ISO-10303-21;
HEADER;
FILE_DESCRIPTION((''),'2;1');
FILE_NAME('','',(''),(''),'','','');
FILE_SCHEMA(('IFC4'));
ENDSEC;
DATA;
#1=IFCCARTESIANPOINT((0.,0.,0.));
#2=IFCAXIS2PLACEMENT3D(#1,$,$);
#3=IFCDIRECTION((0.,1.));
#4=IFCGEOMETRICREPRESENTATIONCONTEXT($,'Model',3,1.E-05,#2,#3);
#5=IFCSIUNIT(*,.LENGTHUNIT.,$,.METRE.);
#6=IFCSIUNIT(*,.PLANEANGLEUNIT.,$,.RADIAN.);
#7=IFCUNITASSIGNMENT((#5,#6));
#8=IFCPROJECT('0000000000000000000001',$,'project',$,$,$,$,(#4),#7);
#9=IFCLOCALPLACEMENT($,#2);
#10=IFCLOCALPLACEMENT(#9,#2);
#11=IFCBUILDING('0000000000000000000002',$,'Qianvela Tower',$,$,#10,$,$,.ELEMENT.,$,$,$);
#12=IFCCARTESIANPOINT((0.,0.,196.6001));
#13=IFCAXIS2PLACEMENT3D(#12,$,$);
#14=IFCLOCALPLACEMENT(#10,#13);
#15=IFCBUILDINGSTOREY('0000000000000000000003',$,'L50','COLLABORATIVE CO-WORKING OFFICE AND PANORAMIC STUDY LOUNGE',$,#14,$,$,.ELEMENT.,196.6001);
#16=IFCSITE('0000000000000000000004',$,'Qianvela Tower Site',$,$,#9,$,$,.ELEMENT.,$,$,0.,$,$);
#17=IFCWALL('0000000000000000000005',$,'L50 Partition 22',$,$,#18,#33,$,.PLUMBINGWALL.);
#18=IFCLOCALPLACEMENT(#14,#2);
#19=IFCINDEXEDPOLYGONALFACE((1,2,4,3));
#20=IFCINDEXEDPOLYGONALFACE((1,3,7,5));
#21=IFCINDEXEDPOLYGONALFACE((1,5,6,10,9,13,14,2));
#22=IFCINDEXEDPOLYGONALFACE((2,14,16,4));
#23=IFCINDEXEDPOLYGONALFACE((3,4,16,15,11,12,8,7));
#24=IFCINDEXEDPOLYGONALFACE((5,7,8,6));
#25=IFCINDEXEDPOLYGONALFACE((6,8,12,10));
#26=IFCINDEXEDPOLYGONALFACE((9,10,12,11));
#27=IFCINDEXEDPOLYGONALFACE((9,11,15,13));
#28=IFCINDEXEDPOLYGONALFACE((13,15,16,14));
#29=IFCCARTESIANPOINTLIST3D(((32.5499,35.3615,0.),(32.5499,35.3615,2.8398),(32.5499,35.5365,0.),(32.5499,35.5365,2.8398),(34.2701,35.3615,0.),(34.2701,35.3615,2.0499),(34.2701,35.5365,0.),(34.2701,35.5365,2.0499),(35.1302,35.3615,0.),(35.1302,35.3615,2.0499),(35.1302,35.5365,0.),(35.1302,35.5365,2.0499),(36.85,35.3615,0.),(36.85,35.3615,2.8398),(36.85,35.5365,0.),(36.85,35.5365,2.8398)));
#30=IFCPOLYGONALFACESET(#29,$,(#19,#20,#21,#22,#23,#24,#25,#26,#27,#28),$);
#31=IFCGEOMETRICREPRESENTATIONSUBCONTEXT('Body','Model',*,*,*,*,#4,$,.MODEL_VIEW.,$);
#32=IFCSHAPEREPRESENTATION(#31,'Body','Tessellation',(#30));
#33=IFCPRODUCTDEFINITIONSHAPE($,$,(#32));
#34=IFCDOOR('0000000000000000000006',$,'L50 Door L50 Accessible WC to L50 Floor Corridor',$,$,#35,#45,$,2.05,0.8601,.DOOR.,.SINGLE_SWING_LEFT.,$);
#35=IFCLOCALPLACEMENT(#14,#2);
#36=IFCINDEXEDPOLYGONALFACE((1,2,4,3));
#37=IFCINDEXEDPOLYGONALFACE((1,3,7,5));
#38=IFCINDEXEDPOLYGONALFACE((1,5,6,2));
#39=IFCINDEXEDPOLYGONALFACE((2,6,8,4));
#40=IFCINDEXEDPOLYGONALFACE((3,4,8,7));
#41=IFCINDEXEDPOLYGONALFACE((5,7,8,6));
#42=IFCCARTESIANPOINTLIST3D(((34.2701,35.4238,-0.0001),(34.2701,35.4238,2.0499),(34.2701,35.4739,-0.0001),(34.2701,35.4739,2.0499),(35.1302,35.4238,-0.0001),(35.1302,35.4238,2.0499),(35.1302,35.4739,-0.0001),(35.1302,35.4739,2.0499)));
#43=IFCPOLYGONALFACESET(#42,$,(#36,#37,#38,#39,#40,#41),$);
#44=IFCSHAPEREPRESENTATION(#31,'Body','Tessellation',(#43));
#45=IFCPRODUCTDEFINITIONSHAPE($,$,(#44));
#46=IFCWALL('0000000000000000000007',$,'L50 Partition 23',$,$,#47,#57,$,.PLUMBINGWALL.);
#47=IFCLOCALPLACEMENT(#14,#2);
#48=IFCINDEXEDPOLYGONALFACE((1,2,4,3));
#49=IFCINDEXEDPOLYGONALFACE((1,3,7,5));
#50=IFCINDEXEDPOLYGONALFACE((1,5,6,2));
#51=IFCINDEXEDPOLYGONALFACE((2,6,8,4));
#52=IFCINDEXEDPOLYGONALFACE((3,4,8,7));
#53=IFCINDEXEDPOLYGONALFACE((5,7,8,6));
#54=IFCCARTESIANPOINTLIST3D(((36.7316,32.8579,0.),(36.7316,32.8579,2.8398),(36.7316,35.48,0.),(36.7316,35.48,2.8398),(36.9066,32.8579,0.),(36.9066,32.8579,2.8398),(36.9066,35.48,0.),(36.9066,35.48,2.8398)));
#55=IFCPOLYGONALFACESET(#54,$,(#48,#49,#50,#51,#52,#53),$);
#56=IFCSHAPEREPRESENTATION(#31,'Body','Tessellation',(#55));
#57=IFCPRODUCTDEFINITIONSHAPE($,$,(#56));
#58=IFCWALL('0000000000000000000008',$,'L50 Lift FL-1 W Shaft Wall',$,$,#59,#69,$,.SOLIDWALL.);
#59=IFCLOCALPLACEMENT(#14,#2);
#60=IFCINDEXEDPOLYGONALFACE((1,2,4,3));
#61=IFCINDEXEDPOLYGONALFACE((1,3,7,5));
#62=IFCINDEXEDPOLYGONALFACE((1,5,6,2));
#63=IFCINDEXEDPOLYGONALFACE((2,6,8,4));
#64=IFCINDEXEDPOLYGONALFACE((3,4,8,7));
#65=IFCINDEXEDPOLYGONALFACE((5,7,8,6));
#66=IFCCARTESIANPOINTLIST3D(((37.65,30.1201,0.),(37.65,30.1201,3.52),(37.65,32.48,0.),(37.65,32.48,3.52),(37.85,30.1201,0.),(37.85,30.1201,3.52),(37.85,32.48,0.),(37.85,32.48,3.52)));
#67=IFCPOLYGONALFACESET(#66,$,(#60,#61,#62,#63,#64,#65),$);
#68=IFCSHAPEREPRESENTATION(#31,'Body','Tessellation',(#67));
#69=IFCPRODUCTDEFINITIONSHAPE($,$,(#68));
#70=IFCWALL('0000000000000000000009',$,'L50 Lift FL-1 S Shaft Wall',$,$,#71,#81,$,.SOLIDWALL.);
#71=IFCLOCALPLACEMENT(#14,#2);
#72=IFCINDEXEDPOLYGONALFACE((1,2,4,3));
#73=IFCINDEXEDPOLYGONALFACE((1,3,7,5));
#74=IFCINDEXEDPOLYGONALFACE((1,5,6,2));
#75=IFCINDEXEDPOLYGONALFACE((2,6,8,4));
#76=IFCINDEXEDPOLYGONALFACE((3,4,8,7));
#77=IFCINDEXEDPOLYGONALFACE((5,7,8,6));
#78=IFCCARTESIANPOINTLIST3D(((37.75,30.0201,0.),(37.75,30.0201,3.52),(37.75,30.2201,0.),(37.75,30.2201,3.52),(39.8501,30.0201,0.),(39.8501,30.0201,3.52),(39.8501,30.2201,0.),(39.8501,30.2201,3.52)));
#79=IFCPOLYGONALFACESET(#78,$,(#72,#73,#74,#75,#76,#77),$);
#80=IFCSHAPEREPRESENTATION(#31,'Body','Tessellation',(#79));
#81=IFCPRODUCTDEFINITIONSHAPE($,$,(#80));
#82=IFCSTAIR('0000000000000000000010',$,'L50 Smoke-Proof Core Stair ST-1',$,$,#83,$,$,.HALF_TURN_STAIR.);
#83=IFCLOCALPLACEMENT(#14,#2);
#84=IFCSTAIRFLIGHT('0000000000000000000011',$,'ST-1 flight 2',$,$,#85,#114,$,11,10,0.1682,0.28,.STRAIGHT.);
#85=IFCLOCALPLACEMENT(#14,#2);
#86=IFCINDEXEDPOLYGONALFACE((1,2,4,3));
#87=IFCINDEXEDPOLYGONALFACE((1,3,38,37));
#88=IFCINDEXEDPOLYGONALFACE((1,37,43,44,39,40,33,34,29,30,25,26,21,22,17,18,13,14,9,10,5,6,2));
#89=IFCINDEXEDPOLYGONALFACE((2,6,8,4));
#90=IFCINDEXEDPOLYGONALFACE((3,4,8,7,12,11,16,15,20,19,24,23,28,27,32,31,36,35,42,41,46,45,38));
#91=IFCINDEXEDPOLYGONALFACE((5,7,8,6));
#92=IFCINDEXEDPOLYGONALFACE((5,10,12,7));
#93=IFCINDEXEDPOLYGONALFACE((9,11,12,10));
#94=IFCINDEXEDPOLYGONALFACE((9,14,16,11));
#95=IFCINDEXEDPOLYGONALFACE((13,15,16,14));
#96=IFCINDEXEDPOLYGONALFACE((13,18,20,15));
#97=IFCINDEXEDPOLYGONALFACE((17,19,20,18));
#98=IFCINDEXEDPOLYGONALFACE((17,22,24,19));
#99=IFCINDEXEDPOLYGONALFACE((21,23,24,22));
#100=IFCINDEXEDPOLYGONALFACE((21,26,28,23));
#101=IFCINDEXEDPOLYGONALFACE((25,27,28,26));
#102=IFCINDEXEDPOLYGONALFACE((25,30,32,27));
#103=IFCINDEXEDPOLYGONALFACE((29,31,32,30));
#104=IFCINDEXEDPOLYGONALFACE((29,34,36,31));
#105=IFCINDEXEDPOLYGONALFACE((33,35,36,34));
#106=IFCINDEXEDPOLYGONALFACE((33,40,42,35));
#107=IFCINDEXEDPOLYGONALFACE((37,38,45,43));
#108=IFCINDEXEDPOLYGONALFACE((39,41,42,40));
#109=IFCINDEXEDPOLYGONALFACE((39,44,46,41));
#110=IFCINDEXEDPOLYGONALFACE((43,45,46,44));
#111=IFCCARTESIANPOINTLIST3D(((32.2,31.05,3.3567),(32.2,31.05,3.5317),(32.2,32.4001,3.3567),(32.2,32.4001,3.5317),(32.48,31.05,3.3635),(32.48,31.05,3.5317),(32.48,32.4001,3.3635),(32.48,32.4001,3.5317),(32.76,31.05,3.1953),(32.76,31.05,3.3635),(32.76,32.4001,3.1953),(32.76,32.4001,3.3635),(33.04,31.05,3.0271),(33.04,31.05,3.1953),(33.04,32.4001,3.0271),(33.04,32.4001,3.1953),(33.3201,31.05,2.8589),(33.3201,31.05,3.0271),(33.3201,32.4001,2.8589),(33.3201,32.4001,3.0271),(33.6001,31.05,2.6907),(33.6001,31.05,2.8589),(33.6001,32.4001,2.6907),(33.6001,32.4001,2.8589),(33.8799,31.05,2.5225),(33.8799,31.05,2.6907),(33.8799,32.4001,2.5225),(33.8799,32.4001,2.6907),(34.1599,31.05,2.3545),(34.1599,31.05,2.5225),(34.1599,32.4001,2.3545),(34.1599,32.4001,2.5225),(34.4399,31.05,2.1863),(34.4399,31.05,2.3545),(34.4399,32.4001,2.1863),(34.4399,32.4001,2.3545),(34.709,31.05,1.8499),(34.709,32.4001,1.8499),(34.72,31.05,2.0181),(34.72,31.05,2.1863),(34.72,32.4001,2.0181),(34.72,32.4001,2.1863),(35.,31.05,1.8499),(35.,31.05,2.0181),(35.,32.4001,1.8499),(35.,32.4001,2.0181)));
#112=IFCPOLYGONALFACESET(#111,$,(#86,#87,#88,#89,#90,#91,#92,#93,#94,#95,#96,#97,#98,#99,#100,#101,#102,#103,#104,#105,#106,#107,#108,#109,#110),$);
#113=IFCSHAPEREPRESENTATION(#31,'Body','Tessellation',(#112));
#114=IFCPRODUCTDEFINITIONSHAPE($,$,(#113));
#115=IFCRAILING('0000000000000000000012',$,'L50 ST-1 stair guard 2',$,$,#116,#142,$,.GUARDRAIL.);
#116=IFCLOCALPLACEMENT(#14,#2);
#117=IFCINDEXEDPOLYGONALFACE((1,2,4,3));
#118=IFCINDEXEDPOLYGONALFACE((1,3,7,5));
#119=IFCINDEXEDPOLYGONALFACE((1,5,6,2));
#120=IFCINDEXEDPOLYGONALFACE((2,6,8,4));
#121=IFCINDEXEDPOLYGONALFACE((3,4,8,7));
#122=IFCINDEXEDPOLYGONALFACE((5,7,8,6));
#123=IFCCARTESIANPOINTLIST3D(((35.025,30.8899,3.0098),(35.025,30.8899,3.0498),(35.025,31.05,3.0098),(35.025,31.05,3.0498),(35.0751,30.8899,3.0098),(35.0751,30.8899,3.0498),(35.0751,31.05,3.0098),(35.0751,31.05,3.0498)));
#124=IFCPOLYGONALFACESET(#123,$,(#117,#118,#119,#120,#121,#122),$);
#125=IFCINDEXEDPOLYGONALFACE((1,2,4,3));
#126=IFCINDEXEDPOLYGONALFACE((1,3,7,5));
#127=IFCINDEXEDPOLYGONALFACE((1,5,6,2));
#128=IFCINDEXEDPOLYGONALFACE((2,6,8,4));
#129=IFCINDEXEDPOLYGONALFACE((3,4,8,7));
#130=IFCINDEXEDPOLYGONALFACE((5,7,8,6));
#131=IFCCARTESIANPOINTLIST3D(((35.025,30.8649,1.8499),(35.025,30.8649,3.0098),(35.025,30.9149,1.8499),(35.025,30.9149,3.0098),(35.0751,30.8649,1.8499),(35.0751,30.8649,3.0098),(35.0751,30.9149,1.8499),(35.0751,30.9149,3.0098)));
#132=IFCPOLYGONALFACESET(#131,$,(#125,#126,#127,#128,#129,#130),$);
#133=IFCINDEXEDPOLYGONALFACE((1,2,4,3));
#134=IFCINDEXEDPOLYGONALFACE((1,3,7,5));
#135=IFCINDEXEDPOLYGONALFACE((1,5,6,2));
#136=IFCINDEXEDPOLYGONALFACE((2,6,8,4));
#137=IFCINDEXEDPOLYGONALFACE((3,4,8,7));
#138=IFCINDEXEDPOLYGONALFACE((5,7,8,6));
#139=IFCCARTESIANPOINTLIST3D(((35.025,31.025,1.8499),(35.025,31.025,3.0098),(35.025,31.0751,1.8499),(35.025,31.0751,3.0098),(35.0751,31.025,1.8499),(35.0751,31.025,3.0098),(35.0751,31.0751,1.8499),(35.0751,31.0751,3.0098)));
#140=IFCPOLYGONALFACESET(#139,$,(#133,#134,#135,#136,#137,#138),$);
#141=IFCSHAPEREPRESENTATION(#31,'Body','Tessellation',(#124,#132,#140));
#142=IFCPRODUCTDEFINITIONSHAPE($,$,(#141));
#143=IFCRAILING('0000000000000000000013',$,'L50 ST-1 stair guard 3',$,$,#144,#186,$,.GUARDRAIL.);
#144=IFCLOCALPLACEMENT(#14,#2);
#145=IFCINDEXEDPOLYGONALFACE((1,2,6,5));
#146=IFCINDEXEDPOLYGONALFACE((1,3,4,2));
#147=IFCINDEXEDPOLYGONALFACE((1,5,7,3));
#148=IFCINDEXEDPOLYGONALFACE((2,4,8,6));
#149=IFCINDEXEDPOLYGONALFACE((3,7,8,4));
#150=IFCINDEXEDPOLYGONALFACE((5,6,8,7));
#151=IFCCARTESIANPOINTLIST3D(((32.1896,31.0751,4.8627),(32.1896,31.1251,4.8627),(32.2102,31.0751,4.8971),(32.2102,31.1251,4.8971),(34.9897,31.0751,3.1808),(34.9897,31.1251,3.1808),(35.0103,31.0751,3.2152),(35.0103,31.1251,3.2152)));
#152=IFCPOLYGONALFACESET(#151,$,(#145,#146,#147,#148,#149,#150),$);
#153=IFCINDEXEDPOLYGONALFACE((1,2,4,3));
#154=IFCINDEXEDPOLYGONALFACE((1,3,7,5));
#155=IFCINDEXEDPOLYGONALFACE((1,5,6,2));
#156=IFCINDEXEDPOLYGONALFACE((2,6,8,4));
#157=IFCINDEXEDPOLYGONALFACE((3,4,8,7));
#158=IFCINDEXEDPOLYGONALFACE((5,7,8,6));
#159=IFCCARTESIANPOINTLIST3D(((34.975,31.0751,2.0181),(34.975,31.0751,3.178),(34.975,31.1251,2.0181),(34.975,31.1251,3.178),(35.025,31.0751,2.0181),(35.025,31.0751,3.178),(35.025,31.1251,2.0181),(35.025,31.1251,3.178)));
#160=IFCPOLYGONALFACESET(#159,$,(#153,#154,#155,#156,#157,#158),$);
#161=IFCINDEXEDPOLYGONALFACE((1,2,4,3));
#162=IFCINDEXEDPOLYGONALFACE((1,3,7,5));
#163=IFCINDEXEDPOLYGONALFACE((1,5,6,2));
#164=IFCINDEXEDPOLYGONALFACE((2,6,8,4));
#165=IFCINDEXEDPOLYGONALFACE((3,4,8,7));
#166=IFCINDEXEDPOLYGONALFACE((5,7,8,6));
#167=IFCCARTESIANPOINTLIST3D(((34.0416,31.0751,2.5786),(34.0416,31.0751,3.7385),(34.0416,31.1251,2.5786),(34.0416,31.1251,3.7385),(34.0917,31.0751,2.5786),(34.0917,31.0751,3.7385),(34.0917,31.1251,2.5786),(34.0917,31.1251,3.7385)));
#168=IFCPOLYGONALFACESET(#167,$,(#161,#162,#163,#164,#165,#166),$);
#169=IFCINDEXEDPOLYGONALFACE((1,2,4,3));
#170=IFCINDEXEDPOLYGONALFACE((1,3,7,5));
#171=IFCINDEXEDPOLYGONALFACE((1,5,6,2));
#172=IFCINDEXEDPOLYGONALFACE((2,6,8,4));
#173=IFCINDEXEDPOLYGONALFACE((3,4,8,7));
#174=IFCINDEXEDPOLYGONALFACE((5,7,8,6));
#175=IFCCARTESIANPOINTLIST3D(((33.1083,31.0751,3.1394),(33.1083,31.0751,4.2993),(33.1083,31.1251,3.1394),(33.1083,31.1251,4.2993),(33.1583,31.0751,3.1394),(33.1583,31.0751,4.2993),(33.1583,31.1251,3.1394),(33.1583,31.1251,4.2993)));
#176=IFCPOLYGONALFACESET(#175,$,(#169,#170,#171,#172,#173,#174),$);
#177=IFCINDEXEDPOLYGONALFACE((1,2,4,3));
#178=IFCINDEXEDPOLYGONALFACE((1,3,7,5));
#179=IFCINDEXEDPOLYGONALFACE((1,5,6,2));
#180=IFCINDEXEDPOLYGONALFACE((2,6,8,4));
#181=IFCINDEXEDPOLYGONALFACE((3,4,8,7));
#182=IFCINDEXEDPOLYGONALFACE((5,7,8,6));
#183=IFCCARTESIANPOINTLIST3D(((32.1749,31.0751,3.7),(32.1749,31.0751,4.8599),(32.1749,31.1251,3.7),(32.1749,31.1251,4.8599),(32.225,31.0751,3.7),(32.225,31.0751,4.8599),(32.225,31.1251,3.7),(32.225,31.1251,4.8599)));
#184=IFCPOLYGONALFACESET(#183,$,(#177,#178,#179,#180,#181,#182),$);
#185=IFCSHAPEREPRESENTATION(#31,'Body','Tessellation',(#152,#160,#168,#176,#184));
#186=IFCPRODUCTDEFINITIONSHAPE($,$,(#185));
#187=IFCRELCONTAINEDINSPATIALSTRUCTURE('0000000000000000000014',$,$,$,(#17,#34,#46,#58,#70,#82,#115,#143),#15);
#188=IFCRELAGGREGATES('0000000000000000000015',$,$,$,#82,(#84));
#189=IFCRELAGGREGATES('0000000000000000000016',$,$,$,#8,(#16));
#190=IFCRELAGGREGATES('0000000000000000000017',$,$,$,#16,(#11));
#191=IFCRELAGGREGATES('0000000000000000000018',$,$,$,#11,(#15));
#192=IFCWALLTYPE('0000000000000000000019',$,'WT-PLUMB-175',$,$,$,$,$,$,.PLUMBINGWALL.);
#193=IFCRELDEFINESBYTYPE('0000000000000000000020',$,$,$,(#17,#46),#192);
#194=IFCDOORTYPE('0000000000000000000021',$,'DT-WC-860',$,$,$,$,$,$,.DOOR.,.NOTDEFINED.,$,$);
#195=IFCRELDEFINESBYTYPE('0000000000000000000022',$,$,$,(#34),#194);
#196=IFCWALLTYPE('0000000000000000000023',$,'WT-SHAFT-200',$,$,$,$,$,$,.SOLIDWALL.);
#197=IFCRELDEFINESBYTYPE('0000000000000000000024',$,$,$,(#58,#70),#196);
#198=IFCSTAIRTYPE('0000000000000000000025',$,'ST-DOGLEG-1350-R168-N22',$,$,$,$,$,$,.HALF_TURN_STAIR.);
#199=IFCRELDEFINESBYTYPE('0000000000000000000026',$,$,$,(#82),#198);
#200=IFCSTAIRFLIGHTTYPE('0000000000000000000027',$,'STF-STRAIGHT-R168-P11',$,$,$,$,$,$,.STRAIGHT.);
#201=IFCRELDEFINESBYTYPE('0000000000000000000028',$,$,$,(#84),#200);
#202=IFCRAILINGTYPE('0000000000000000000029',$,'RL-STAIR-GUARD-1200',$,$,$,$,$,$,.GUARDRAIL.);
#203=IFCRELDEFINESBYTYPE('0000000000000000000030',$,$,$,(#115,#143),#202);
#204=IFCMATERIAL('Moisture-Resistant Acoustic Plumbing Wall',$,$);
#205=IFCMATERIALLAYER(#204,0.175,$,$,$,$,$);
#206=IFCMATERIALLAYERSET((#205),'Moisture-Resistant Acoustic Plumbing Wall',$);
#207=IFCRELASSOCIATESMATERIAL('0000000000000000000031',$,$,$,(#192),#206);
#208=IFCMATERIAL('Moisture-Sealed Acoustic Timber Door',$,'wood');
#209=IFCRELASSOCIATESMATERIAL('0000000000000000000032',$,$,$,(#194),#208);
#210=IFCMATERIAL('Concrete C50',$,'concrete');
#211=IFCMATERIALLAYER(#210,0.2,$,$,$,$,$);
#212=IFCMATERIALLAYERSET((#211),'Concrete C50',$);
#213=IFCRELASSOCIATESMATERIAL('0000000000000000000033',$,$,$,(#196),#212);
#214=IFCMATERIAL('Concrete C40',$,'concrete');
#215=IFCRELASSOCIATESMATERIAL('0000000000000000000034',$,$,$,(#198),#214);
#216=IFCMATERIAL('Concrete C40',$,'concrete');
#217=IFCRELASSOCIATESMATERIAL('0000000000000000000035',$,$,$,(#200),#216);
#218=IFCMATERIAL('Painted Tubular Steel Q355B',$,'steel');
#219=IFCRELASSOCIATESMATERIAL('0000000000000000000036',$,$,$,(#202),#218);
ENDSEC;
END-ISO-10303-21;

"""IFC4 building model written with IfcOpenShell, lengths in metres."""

from ifc_helpers import new_model, si_unit, direction, frame, frame_2d, origin, origin_2d, place, context, subcontext, project, spatial, polyline, rectangle, outline, extrude, material, layer, layer_set, type_object, element, fill, aggregate, save


model = new_model("IFC4")

# Units and contexts
model_context = context("Model", 3, precision=1e-05, world=origin(), true_north=direction((0.0, 1.0)))
body_context = subcontext(model_context, "Body", "Model", "MODEL_VIEW")
ifc_project = project(units=[si_unit("LENGTHUNIT", "METRE"), si_unit("PLANEANGLEUNIT", "RADIAN")], contexts=[model_context])

# Site, building, storey
site_placement = place(None, origin())
site = spatial("IfcSite", under=ifc_project, at=site_placement, Name="Qianvela Tower Site", CompositionType="ELEMENT", RefElevation=0.0)
building_placement = place(site_placement, origin())
building = spatial("IfcBuilding", under=site, at=building_placement, Name="Qianvela Tower", CompositionType="ELEMENT")
storey_placement = place(building_placement, frame((0.0, 0.0, 196.6001)))
storey = spatial("IfcBuildingStorey", under=building, at=storey_placement, Name="L50", Description="COLLABORATIVE CO-WORKING OFFICE AND PANORAMIC STUDY LOUNGE", CompositionType="ELEMENT", Elevation=196.6001)

# Wall, opening, door
ifc_material_1 = material(Name="Moisture-Resistant Acoustic Plumbing Wall")
ifc_layer_1 = layer(ifc_material_1, 0.175)
ifc_layer_set_1 = layer_set([ifc_layer_1], Name="Moisture-Resistant Acoustic Plumbing Wall")
wall_type_1 = type_object("IfcWallType", Name="WT-PLUMB-175", PredefinedType="PLUMBINGWALL", material=ifc_layer_set_1)
wall_1_placement = place(storey_placement, frame((32.55, 35.449, 0.0), z_axis=(0.0, 0.0, 1.0), x_axis=(1.0, 0.0, 0.0)))
wall_1 = element("IfcWall", 1, at=wall_1_placement, inside=storey, type_object=wall_type_1, Name="L50 Partition 22", PredefinedType="PLUMBINGWALL", context=body_context, shape_type="SweptSolid", body=[
    extrude(rectangle(XDim=4.3, YDim=0.175, at=frame_2d((2.1499, 0.0))), origin(), (0.0, 0.0, 1.0), 2.8398),
])
opening_1_placement = place(wall_1_placement, frame((1.72, 0.0, 0.0)))
opening_1 = element("IfcOpeningElement", 2, at=opening_1_placement, cuts=wall_1, PredefinedType="OPENING", context=body_context, shape_type="SweptSolid", body=[
    extrude(rectangle(XDim=0.8601, YDim=2.05, at=frame_2d((0.4302, 1.0249))), frame((0.0, 0.0974, 0.0), z_axis=(0.0, -1.0, 0.0), x_axis=(1.0, 0.0, 0.0)), (0.0, 0.0, 1.0), 0.1951),
])
ifc_material_2 = material(Name="Moisture-Sealed Acoustic Timber Door", Category="wood")
door_type_1 = type_object("IfcDoorType", Name="DT-WC-860", OperationType="NOTDEFINED", PredefinedType="DOOR", material=ifc_material_2)
door_1_placement = place(opening_1_placement, origin())
door_1 = element("IfcDoor", 3, at=door_1_placement, inside=storey, type_object=door_type_1, Name="L50 Door L50 Accessible WC to L50 Floor Corridor", OperationType="SINGLE_SWING_LEFT", OverallHeight=2.05, OverallWidth=0.8601, PredefinedType="DOOR", context=body_context, shape_type="SweptSolid", body=[
    extrude(rectangle(XDim=0.8601, YDim=2.05, at=frame_2d((0.4302, 1.0249))), frame((0.0, 0.0249, 0.0), z_axis=(0.0, -1.0, 0.0), x_axis=(1.0, 0.0, 0.0)), (0.0, 0.0, 1.0), 0.05),
])
fill(opening_1, door_1)

# Wall
wall_2_placement = place(storey_placement, frame((36.8191, 35.48, 0.0), z_axis=(0.0, 0.0, 1.0), x_axis=(0.0, -1.0, 0.0)))
element("IfcWall", 4, at=wall_2_placement, inside=storey, type_object=wall_type_1, Name="L50 Partition 23", PredefinedType="PLUMBINGWALL", context=body_context, shape_type="SweptSolid", body=[
    extrude(rectangle(XDim=2.6221, YDim=0.175, at=frame_2d((1.311, 0.0))), origin(), (0.0, 0.0, 1.0), 2.8398),
])

# Shared definitions
ifc_material_3 = material(Name="Concrete C50", Category="concrete")
ifc_layer_2 = layer(ifc_material_3, 0.2)
ifc_layer_set_2 = layer_set([ifc_layer_2], Name="Concrete C50")
wall_type_2 = type_object("IfcWallType", Name="WT-SHAFT-200", PredefinedType="SOLIDWALL", material=ifc_layer_set_2)

# Walls
wall_3_placement = place(storey_placement, frame((37.75, 30.1201, 0.0), z_axis=(0.0, 0.0, 1.0), x_axis=(0.0, 1.0, 0.0)))
element("IfcWall", 5, at=wall_3_placement, inside=storey, type_object=wall_type_2, Name="L50 Lift FL-1 W Shaft Wall", PredefinedType="SOLIDWALL", context=body_context, shape_type="SweptSolid", body=[
    extrude(rectangle(XDim=2.3599, YDim=0.2, at=frame_2d((1.1799, 0.0))), origin(), (0.0, 0.0, 1.0), 3.52),
])
wall_4_placement = place(storey_placement, frame((37.75, 30.1201, 0.0), z_axis=(0.0, 0.0, 1.0), x_axis=(1.0, 0.0, 0.0)))
element("IfcWall", 6, at=wall_4_placement, inside=storey, type_object=wall_type_2, Name="L50 Lift FL-1 S Shaft Wall", PredefinedType="SOLIDWALL", context=body_context, shape_type="SweptSolid", body=[
    extrude(rectangle(XDim=2.1001, YDim=0.2, at=frame_2d((1.05, 0.0))), origin(), (0.0, 0.0, 1.0), 3.52),
])

# Stair, stair flight
ifc_material_4 = material(Name="Concrete C40", Category="concrete")
stair_type = type_object("IfcStairType", Name="ST-DOGLEG-1350-R168-N22", PredefinedType="HALF_TURN_STAIR", material=ifc_material_4)
stair_placement = place(storey_placement, origin())
stair = element("IfcStair", 7, at=stair_placement, inside=storey, type_object=stair_type, Name="L50 Smoke-Proof Core Stair ST-1", PredefinedType="HALF_TURN_STAIR")
ifc_material_5 = material(Name="Concrete C40", Category="concrete")
stair_flight_type = type_object("IfcStairFlightType", Name="STF-STRAIGHT-R168-P11", PredefinedType="STRAIGHT", material=ifc_material_5)
stair_flight_placement = place(storey_placement, frame((35.0, 31.7251, 1.8499), z_axis=(0.0, 0.0, 1.0), x_axis=(-1.0, 0.0, 0.0)))
stair_flight = element("IfcStairFlight", 8, at=stair_flight_placement, type_object=stair_flight_type, Name="ST-1 flight 2", NumberOfRisers=11, NumberOfTreads=10, PredefinedType="STRAIGHT", RiserHeight=0.1682, TreadLength=0.28, context=body_context, shape_type="SweptSolid", body=[
    extrude(outline(polyline([(0.0, 0.0), (0.0, 0.1682), (0.28, 0.1682), (0.28, 0.3364), (0.5601, 0.3364), (0.5601, 0.5046), (0.8401, 0.5046), (0.8401, 0.6726), (1.1201, 0.6726), (1.1201, 0.8408), (1.3999, 0.8408), (1.3999, 1.009), (1.6799, 1.009), (1.6799, 1.1772), (1.96, 1.1772), (1.96, 1.3455), (2.24, 1.3455), (2.24, 1.5137), (2.52, 1.5137), (2.52, 1.6819), (2.8, 1.6819), (2.8, 1.8501), (2.8, 1.5068), (0.291, 0.0), (0.0, 0.0)])), frame((0.0, 0.675, 0.0), z_axis=(0.0, -1.0, 0.0), x_axis=(1.0, 0.0, 0.0)), (0.0, 0.0, 1.0), 1.3501),
])
aggregate(stair, [stair_flight])

# Railings
ifc_material_6 = material(Name="Painted Tubular Steel Q355B", Category="steel")
railing_type_1 = type_object("IfcRailingType", Name="RL-STAIR-GUARD-1200", PredefinedType="GUARDRAIL", material=ifc_material_6)
railing_1_placement = place(storey_placement, frame((35.05, 30.8899, 1.8499)))
element("IfcRailing", 9, at=railing_1_placement, inside=storey, type_object=railing_type_1, Name="L50 ST-1 stair guard 2", PredefinedType="GUARDRAIL", context=body_context, shape_type="SweptSolid", body=[
    extrude(rectangle(XDim=0.05, YDim=0.04, at=origin_2d()), frame((0.0, 0.0, 1.1799), z_axis=(0.0, 1.0, 0.0), x_axis=(-1.0, 0.0, 0.0)), (0.0, 0.0, 1.0), 0.1602),
    extrude(rectangle(XDim=0.05, YDim=0.05, at=origin_2d()), origin(), (0.0, 0.0, 1.0), 1.1599),
    extrude(rectangle(XDim=0.05, YDim=0.05, at=origin_2d()), frame((0.0, 0.1602, 0.0)), (0.0, 0.0, 1.0), 1.1599),
])
railing_2_placement = place(storey_placement, frame((35.0, 31.1001, 2.0181)))
element("IfcRailing", 10, at=railing_2_placement, inside=storey, type_object=railing_type_1, Name="L50 ST-1 stair guard 3", PredefinedType="GUARDRAIL", context=body_context, shape_type="SweptSolid", body=[
    extrude(rectangle(XDim=0.05, YDim=0.04, at=origin_2d()), frame((0.0, 0.0, 1.1799), z_axis=(-0.857242, 0.0, 0.514913), x_axis=(0.0, -1.0, 0.0)), (0.0, 0.0, 1.0), 3.2664),
    extrude(rectangle(XDim=0.05, YDim=0.05, at=origin_2d()), origin(), (0.0, 0.0, 1.0), 1.1599),
    extrude(rectangle(XDim=0.05, YDim=0.05, at=origin_2d()), frame((-0.9333, 0.0, 0.5605)), (0.0, 0.0, 1.0), 1.1599),
    extrude(rectangle(XDim=0.05, YDim=0.05, at=origin_2d()), frame((-1.8667, 0.0, 1.1213)), (0.0, 0.0, 1.0), 1.1599),
    extrude(rectangle(XDim=0.05, YDim=0.05, at=origin_2d()), frame((-2.8, 0.0, 1.6819)), (0.0, 0.0, 1.0), 1.1599),
])

save(model, "model.ifc")
